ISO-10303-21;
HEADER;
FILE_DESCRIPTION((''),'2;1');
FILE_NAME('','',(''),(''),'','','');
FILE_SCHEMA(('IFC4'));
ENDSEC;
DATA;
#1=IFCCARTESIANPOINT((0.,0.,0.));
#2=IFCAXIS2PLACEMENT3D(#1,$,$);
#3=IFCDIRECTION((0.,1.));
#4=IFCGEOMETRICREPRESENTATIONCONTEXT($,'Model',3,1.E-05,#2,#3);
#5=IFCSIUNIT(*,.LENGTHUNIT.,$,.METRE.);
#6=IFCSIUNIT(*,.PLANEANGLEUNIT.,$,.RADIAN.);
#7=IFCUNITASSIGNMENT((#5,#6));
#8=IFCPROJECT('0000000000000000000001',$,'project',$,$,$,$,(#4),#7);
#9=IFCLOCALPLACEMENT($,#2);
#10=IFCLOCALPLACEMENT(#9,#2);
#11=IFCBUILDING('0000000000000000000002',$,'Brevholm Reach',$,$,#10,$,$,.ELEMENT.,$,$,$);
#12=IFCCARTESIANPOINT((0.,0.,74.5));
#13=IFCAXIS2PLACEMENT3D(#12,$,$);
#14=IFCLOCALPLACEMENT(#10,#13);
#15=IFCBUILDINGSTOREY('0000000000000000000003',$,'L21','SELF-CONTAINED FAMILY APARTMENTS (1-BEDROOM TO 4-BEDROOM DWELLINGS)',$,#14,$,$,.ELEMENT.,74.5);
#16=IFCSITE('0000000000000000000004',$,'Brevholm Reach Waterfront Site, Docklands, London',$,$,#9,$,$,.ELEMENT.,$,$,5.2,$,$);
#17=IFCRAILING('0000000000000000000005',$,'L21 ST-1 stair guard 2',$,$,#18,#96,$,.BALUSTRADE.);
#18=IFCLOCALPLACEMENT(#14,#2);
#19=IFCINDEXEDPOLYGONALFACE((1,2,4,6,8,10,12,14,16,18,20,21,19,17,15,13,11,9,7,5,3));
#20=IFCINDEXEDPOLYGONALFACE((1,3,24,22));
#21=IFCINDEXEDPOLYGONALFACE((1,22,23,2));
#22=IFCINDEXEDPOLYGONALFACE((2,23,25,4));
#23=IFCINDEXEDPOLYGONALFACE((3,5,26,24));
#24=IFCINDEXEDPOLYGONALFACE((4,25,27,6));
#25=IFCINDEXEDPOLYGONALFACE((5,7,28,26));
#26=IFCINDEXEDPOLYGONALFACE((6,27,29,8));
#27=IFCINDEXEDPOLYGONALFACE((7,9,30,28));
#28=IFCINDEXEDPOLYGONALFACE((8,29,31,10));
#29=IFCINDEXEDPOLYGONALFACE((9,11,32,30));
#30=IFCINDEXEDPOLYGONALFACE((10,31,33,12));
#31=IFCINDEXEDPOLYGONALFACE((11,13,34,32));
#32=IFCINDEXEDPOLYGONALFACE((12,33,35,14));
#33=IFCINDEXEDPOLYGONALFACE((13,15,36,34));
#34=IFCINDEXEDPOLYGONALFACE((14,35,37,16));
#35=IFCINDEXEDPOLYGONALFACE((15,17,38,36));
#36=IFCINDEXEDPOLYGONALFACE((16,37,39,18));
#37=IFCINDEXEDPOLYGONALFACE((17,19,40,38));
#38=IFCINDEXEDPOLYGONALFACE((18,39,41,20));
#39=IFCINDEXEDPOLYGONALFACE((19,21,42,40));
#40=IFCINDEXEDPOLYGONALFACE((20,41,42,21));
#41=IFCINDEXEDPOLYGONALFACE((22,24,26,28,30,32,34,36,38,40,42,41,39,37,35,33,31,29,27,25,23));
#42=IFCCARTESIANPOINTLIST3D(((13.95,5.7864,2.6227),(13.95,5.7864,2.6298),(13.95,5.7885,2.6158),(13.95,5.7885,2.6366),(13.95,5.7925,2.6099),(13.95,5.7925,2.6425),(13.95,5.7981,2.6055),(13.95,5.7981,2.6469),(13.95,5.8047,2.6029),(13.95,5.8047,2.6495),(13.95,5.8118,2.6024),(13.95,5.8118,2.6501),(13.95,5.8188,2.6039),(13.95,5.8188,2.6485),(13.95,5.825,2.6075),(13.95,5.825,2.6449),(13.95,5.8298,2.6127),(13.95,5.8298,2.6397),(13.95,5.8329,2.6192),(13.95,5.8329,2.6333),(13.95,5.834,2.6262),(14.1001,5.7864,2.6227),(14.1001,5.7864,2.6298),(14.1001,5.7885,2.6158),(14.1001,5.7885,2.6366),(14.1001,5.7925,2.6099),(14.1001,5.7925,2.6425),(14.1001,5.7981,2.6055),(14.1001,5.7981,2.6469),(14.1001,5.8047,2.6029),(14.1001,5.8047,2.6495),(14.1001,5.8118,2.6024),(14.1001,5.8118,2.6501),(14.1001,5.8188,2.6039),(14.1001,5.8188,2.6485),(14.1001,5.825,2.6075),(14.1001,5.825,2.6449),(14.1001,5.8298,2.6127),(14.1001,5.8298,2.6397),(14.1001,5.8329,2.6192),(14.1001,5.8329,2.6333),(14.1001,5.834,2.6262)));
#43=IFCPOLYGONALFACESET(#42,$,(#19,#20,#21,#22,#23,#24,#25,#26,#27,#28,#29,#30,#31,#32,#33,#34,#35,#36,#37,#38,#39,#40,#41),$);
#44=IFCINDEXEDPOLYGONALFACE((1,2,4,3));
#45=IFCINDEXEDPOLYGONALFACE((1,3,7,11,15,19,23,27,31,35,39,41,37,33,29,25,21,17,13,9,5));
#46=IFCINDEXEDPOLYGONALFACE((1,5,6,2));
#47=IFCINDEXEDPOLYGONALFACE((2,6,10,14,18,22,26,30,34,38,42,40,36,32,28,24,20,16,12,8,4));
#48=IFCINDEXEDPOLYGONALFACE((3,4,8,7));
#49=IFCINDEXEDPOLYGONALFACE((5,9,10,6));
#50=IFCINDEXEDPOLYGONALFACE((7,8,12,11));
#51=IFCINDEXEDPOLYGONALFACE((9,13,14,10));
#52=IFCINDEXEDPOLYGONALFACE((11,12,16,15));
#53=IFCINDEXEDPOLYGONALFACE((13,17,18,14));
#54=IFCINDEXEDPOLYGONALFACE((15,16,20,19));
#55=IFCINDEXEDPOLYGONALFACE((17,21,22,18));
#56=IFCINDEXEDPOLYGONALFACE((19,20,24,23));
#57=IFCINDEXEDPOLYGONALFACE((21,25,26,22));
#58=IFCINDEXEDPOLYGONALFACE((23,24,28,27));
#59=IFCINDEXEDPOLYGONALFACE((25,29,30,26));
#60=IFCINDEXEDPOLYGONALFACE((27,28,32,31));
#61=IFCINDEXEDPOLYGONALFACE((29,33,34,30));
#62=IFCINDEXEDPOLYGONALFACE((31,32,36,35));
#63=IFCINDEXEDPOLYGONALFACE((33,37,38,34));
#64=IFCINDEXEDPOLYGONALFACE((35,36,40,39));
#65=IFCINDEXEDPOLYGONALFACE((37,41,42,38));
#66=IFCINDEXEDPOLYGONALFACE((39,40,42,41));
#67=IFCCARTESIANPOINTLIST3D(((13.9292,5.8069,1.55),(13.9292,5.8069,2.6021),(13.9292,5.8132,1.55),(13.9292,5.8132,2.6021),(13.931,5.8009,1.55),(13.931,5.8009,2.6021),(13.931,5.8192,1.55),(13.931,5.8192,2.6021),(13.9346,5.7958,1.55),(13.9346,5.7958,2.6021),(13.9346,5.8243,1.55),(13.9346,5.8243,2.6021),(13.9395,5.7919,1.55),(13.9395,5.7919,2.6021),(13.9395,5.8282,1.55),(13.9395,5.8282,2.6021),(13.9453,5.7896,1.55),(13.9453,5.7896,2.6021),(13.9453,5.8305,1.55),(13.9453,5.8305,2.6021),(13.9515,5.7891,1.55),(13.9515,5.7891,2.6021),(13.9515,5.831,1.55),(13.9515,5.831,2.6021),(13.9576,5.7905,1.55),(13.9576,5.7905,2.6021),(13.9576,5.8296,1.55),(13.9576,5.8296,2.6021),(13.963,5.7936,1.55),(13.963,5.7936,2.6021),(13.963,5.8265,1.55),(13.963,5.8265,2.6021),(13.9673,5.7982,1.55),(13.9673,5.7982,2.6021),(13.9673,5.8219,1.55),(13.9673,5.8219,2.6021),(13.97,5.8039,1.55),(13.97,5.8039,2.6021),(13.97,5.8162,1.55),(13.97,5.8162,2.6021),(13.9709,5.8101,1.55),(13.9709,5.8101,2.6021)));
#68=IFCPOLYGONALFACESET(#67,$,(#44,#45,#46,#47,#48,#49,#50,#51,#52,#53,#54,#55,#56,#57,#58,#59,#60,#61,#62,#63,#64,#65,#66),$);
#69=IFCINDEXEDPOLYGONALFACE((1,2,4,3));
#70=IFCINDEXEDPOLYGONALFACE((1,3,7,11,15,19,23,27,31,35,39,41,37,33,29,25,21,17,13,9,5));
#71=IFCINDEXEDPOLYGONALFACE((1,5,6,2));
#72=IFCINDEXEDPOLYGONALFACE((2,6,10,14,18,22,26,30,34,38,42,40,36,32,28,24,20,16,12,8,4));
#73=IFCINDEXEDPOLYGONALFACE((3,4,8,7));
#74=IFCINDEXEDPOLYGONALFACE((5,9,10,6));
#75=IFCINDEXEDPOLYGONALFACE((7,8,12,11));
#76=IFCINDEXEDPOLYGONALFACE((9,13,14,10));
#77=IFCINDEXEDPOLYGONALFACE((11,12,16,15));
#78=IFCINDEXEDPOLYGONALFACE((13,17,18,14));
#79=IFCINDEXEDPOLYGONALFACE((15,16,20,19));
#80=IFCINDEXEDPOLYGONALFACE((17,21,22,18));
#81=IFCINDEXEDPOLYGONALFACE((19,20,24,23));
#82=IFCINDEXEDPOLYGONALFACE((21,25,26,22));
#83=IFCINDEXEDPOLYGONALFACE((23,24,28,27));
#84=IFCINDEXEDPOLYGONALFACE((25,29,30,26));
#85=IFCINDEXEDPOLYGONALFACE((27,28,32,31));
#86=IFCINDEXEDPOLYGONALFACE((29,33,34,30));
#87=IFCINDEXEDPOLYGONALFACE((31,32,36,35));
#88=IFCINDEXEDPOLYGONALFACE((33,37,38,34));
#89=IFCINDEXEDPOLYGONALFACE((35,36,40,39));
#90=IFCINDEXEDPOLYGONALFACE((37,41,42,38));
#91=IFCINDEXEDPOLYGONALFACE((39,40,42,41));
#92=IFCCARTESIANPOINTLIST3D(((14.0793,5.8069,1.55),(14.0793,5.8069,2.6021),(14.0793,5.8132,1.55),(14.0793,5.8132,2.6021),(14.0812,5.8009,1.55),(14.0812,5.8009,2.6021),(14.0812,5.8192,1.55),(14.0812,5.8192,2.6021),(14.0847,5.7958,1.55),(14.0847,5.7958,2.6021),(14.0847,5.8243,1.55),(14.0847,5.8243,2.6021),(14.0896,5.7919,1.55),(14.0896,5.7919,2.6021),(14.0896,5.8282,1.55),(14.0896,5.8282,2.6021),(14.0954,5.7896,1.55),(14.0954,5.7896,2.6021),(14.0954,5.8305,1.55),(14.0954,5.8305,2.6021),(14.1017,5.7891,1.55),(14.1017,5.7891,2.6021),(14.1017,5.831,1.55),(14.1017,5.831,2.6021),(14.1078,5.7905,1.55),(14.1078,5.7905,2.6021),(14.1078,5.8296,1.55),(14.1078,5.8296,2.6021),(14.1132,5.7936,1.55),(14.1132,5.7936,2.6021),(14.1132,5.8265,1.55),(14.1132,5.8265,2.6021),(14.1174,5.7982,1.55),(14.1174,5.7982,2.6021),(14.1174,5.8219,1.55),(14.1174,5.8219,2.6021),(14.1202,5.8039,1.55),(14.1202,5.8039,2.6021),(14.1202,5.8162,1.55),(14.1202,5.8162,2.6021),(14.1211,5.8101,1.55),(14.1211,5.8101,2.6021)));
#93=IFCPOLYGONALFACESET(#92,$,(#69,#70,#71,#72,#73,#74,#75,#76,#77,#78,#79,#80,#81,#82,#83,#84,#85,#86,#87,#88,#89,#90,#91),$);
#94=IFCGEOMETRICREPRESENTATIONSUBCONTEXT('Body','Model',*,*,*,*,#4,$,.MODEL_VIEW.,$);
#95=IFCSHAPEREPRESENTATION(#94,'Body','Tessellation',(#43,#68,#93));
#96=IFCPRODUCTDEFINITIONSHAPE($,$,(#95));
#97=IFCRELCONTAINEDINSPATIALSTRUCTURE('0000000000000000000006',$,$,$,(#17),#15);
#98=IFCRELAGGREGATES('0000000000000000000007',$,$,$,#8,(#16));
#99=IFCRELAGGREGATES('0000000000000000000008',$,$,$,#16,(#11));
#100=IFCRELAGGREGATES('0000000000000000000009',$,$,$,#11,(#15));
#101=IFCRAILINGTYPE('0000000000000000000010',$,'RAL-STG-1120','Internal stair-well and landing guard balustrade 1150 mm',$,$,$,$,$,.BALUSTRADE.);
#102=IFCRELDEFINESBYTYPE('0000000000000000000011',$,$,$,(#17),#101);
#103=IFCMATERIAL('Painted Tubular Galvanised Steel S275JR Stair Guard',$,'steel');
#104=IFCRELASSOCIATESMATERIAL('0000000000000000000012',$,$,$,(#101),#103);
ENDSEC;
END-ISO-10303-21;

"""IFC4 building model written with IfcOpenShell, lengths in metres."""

from ifc_helpers import new_model, si_unit, direction, frame, origin, origin_2d, place, context, subcontext, project, spatial, circle, extrude, material, type_object, element, save


model = new_model("IFC4")

# Units and contexts
model_context = context("Model", 3, precision=1e-05, world=origin(), true_north=direction((0.0, 1.0)))
body_context = subcontext(model_context, "Body", "Model", "MODEL_VIEW")
ifc_project = project(units=[si_unit("LENGTHUNIT", "METRE"), si_unit("PLANEANGLEUNIT", "RADIAN")], contexts=[model_context])

# Site, building, storey
site_placement = place(None, origin())
site = spatial("IfcSite", under=ifc_project, at=site_placement, Name="Brevholm Reach Waterfront Site, Docklands, London", CompositionType="ELEMENT", RefElevation=5.2)
building_placement = place(site_placement, origin())
building = spatial("IfcBuilding", under=site, at=building_placement, Name="Brevholm Reach", CompositionType="ELEMENT")
storey_placement = place(building_placement, frame((0.0, 0.0, 74.5)))
storey = spatial("IfcBuildingStorey", under=building, at=storey_placement, Name="L21", Description="SELF-CONTAINED FAMILY APARTMENTS (1-BEDROOM TO 4-BEDROOM DWELLINGS)", CompositionType="ELEMENT", Elevation=74.5)

# Railing
ifc_material_1 = material(Name="Painted Tubular Galvanised Steel S275JR Stair Guard", Category="steel")
railing_type_1 = type_object("IfcRailingType", Name="RAL-STG-1120", Description="Internal stair-well and landing guard balustrade 1150 mm", PredefinedType="BALUSTRADE", material=ifc_material_1)
railing_1_placement = place(storey_placement, frame((13.95, 5.8101, 1.55)))
element("IfcRailing", 1, at=railing_1_placement, inside=storey, type_object=railing_type_1, Name="L21 ST-1 stair guard 2", PredefinedType="BALUSTRADE", context=body_context, shape_type="SweptSolid", body=[
    extrude(circle(Radius=0.0239, at=origin_2d()), frame((0.0, 0.0, 1.0762), z_axis=(1.0, 0.0, 0.0), x_axis=(0.0, 1.0, 0.0)), (0.0, 0.0, 1.0), 0.1501),
    extrude(circle(Radius=0.021, at=origin_2d()), origin(), (0.0, 0.0, 1.0), 1.052),
    extrude(circle(Radius=0.021, at=origin_2d()), frame((0.1501, 0.0, 0.0)), (0.0, 0.0, 1.0), 1.052),
])

save(model, "model.ifc")
